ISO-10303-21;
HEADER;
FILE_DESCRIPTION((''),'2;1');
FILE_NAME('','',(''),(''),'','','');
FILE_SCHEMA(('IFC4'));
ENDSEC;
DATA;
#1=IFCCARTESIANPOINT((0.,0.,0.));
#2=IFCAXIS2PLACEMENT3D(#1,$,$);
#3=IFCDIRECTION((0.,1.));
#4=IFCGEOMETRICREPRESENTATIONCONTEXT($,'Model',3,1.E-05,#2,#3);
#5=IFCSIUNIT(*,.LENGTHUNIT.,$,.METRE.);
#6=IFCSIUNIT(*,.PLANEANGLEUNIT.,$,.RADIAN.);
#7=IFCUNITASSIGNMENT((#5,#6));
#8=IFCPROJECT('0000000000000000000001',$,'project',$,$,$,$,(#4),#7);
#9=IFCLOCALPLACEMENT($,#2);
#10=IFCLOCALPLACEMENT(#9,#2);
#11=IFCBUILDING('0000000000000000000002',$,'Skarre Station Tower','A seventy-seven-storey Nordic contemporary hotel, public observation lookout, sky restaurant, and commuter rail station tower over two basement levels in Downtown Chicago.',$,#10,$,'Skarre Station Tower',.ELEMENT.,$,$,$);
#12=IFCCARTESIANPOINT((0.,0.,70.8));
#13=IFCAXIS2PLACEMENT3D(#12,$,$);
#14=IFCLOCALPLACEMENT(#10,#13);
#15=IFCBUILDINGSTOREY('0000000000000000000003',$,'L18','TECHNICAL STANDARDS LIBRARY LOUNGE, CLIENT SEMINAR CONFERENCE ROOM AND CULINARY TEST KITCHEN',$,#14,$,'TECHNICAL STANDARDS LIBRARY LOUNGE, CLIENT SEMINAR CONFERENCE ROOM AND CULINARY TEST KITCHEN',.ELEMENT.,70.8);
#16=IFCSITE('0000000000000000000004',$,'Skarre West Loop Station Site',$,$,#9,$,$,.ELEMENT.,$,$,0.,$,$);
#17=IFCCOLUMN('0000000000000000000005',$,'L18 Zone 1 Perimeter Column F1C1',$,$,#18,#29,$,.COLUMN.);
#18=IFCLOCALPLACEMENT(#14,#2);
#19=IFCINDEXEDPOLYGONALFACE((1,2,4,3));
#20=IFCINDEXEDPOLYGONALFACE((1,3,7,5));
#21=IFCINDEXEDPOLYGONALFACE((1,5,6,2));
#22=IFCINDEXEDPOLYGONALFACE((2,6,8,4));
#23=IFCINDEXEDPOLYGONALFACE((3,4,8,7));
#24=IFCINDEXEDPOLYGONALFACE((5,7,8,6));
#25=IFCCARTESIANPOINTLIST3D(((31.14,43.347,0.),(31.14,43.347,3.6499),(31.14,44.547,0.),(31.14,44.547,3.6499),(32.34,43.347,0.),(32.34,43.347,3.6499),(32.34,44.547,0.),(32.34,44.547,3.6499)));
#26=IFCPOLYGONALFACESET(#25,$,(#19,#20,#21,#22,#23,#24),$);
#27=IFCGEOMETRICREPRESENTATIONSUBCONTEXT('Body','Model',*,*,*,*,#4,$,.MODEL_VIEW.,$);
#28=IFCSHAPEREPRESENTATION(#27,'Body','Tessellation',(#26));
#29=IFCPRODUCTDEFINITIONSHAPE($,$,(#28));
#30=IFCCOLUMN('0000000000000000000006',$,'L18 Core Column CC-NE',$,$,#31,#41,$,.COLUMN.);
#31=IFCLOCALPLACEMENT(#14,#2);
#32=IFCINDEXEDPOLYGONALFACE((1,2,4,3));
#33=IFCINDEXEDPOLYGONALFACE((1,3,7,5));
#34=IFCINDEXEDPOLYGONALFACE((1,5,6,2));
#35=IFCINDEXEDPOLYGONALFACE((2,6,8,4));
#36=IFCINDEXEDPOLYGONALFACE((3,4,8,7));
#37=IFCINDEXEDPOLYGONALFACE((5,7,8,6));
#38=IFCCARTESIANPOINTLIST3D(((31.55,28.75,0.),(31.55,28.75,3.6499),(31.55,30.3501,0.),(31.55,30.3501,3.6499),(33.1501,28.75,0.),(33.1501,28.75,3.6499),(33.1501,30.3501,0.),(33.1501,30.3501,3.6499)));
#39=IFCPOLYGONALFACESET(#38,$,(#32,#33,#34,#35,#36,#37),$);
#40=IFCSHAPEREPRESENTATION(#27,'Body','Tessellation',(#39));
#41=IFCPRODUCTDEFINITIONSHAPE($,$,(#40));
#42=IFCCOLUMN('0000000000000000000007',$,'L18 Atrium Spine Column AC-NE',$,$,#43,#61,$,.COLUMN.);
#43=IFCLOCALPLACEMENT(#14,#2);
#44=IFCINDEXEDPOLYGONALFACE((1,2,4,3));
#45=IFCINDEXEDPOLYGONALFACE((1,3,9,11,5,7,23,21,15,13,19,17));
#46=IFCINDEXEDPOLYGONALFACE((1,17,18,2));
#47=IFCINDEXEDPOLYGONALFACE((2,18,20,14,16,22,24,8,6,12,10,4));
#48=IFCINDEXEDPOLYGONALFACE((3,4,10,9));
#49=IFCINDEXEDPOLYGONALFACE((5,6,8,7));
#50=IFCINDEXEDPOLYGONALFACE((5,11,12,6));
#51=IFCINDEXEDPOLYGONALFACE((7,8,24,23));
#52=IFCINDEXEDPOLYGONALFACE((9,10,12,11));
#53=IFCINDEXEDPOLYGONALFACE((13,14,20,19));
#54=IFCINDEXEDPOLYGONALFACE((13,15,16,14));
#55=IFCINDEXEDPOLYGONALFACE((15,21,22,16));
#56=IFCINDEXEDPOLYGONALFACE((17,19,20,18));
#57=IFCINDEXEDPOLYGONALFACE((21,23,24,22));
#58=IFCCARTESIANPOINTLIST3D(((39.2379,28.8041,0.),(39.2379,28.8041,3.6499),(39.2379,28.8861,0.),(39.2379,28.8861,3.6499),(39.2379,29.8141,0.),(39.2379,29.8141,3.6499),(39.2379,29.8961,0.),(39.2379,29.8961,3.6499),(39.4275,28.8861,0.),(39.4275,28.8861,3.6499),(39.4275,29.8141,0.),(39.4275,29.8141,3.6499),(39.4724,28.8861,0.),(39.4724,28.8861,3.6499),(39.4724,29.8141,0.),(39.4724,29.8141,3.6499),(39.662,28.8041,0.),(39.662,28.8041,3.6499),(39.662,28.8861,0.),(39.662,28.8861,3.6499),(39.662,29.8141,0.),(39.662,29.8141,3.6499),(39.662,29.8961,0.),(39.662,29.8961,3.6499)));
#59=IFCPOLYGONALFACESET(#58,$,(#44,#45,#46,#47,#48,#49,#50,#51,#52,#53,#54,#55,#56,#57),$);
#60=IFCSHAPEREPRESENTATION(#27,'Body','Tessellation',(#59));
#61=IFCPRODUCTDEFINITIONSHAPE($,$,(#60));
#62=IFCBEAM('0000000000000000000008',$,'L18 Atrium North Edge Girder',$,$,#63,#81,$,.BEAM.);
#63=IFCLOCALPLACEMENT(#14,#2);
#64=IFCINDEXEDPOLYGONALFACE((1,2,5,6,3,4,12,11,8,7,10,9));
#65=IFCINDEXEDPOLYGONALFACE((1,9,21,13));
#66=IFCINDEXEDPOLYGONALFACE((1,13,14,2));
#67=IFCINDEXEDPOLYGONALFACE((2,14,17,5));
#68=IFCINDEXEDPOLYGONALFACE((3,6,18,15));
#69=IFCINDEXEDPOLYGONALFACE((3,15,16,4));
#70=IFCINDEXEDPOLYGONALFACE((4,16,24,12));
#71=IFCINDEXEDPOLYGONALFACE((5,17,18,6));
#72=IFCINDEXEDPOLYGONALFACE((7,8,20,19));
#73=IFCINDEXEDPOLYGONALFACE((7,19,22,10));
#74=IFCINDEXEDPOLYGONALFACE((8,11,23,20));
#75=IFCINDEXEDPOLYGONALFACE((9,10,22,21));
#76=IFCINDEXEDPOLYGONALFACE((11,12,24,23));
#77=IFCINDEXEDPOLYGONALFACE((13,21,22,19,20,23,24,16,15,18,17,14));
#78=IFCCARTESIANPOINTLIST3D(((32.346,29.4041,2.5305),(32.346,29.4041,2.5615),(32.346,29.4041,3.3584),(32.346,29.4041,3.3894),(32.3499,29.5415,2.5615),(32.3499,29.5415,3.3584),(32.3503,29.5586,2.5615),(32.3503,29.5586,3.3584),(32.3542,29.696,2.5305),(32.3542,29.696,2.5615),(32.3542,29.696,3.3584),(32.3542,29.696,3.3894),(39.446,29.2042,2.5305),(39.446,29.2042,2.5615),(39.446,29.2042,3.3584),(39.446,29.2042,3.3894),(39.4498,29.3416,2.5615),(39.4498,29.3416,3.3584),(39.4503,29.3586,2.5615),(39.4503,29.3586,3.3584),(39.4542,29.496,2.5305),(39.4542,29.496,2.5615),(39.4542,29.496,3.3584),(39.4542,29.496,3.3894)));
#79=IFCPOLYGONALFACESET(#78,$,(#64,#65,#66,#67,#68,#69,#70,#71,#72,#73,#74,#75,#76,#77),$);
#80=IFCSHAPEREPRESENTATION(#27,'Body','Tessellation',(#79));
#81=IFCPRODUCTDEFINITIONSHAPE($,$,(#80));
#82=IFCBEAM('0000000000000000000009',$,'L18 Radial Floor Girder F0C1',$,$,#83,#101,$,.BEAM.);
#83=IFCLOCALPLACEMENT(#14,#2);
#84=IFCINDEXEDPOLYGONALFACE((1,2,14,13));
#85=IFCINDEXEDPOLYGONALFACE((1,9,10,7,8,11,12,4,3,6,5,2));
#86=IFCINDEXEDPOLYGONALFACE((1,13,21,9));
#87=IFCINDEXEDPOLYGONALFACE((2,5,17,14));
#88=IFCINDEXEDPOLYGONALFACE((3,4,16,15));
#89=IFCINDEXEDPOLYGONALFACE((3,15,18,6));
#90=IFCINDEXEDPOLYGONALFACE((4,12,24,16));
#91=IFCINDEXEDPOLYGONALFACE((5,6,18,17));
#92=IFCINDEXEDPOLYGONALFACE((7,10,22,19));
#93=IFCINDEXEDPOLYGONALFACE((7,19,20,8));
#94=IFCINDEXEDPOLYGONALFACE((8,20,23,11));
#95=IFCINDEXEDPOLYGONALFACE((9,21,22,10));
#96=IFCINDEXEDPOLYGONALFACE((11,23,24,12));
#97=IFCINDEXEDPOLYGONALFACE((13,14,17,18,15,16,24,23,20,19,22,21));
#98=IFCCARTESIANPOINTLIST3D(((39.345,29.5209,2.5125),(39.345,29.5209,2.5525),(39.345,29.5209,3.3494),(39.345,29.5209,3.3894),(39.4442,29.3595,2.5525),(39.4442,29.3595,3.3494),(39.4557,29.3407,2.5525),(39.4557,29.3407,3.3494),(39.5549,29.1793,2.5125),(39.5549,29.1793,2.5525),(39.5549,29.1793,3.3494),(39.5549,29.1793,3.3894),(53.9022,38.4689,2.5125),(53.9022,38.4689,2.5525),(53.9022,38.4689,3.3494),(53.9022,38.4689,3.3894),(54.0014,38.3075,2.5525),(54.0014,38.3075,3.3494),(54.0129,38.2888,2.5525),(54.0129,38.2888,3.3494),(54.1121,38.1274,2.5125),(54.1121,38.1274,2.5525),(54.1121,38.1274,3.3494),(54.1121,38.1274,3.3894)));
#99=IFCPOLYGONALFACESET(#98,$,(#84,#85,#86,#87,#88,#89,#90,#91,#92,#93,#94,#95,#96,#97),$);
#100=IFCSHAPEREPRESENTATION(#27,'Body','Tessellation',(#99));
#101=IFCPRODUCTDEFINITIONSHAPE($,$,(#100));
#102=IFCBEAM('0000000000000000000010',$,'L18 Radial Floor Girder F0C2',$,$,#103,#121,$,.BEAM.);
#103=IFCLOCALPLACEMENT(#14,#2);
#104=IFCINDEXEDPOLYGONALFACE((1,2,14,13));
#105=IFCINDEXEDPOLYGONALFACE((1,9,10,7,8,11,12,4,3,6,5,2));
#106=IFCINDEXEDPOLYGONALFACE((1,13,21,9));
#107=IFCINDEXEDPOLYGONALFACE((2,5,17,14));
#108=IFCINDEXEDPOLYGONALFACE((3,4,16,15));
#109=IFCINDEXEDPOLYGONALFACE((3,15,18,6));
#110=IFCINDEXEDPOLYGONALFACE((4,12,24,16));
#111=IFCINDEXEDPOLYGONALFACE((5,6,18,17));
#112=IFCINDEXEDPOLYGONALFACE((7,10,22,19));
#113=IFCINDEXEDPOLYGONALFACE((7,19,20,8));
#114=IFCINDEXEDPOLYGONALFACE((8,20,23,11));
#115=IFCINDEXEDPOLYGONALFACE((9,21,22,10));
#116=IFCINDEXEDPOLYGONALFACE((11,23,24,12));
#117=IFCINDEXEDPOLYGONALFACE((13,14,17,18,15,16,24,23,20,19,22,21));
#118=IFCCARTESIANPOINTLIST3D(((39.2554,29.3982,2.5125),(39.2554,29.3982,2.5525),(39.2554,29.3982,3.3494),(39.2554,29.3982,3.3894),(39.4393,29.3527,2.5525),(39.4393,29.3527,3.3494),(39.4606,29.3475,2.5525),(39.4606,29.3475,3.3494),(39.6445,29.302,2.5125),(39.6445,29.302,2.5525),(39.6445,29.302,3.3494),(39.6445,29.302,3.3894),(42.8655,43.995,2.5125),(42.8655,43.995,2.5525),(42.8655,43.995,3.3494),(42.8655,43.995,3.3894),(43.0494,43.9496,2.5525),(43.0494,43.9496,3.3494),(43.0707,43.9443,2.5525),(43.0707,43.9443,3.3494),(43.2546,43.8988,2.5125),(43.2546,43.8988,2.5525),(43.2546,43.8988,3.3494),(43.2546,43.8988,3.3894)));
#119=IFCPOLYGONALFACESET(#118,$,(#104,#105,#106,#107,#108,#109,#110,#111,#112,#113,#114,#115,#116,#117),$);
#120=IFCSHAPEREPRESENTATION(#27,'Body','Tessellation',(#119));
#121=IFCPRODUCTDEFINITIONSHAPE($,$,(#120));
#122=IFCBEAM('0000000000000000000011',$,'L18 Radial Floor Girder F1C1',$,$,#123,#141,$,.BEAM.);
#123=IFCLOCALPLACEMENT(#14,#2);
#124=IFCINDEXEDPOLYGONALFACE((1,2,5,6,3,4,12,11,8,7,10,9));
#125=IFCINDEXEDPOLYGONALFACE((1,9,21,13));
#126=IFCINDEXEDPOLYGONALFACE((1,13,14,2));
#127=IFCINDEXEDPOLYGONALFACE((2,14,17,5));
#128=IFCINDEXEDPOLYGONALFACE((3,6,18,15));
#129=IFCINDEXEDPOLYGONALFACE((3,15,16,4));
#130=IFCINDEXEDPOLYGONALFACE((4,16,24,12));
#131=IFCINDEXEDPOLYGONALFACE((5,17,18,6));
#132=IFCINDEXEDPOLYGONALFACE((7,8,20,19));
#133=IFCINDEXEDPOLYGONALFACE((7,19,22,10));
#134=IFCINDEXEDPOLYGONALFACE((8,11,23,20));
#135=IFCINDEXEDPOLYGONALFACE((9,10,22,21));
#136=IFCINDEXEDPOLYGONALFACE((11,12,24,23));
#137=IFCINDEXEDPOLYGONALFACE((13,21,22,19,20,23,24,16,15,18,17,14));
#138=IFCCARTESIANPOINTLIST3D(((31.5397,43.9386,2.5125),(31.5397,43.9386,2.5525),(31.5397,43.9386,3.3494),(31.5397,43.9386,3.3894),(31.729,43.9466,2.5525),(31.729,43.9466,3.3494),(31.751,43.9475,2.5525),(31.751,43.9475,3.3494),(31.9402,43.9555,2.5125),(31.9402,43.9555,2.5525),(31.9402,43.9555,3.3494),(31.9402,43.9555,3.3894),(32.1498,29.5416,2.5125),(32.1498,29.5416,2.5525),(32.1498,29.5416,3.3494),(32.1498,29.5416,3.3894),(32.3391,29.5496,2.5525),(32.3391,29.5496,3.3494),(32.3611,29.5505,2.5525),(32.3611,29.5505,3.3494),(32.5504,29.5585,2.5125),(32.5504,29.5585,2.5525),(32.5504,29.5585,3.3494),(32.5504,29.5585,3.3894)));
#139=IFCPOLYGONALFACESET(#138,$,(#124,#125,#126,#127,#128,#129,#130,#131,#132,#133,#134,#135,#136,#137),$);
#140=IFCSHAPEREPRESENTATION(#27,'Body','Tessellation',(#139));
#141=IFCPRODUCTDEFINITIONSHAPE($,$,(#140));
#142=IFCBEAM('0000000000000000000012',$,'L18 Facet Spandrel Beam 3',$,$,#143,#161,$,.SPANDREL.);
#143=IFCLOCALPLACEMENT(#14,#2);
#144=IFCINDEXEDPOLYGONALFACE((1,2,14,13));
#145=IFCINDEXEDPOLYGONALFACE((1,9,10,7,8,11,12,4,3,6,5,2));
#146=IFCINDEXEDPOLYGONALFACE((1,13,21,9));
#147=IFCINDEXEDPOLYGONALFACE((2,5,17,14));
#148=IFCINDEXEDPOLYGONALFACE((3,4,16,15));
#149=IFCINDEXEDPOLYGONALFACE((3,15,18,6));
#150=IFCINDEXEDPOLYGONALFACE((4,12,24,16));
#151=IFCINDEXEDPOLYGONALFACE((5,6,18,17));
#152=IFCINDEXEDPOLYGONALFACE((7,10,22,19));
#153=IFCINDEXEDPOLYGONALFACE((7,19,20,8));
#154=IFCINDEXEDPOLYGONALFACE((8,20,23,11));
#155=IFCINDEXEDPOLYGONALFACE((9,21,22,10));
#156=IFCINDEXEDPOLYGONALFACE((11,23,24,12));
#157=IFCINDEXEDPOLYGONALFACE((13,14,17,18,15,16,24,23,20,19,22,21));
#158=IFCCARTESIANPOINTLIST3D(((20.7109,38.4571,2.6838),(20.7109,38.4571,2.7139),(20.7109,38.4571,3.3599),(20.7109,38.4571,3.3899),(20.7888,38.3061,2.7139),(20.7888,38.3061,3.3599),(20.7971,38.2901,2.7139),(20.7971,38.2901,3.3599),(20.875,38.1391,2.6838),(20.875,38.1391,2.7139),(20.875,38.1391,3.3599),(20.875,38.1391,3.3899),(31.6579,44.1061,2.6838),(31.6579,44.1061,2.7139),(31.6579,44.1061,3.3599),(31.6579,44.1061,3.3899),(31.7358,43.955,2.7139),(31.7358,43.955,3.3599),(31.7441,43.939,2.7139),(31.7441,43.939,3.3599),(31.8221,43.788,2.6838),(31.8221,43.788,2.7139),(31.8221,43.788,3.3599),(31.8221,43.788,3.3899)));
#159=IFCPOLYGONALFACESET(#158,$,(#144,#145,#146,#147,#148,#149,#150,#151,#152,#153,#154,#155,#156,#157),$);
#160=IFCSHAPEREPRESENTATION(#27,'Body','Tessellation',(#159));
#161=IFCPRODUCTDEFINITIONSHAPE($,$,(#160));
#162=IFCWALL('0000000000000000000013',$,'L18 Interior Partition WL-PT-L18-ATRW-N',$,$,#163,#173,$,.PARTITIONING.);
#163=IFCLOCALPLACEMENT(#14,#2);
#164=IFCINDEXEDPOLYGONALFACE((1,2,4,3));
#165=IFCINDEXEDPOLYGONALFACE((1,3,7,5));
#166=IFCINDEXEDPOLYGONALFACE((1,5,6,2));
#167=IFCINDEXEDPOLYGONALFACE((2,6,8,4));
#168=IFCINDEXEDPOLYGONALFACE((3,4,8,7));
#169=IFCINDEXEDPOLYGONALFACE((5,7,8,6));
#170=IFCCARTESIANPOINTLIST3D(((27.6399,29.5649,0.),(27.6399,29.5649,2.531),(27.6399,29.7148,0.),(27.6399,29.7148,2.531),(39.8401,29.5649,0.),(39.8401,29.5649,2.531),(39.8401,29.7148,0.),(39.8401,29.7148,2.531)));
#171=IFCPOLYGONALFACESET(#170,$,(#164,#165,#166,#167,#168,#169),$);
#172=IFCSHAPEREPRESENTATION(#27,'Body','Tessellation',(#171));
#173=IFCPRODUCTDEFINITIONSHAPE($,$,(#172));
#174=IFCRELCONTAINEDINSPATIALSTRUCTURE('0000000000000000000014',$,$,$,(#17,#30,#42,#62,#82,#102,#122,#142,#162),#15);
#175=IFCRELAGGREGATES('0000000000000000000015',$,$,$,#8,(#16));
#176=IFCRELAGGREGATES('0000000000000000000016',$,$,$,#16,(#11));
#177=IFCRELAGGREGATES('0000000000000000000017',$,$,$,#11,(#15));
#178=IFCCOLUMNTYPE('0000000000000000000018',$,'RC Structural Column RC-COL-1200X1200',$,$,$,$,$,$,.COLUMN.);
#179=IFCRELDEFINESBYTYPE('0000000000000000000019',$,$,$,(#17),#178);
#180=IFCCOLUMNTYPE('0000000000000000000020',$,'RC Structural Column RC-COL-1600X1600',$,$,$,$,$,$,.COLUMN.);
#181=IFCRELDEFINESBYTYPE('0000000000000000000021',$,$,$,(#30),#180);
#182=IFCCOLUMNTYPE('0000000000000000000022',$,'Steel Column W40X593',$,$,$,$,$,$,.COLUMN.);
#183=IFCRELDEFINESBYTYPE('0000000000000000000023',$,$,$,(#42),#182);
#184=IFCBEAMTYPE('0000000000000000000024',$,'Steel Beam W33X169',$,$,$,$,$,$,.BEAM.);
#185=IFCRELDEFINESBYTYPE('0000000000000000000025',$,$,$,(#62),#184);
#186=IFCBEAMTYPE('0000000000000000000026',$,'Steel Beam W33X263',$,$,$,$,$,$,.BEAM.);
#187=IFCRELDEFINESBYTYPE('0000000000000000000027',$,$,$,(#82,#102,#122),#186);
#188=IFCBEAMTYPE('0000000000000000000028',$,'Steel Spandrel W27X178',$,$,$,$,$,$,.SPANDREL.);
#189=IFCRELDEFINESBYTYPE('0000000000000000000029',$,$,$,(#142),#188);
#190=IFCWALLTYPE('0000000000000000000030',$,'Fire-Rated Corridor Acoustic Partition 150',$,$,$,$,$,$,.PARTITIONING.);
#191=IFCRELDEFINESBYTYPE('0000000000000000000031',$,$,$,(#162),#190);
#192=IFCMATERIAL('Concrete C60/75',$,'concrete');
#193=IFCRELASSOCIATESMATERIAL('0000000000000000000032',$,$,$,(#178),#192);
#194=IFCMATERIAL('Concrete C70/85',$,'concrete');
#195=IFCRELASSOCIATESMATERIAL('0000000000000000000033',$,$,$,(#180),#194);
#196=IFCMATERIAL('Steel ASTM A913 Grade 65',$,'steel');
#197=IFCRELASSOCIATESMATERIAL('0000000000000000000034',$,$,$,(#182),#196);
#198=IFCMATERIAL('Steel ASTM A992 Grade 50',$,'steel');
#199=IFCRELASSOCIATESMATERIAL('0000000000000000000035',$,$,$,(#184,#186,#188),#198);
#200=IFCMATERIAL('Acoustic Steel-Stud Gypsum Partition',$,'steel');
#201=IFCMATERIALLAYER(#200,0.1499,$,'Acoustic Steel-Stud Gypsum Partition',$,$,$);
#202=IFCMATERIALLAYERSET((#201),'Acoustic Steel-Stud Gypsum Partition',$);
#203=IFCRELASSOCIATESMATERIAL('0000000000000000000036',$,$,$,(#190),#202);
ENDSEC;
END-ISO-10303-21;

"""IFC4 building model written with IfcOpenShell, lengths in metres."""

from ifc_helpers import new_model, si_unit, direction, frame, frame_2d, origin, origin_2d, place, context, subcontext, project, spatial, rectangle, i_section, extrude, material, layer, layer_set, material_profile, profile_set, type_object, element, save


model = new_model("IFC4")

# Units and contexts
model_context = context("Model", 3, precision=1e-05, world=origin(), true_north=direction((0.0, 1.0)))
body_context = subcontext(model_context, "Body", "Model", "MODEL_VIEW")
ifc_project = project(units=[si_unit("LENGTHUNIT", "METRE"), si_unit("PLANEANGLEUNIT", "RADIAN")], contexts=[model_context])

# Site, building, storey
site_placement = place(None, origin())
site = spatial("IfcSite", under=ifc_project, at=site_placement, Name="Skarre West Loop Station Site", CompositionType="ELEMENT", RefElevation=0.0)
building_placement = place(site_placement, origin())
building = spatial("IfcBuilding", under=site, at=building_placement, Name="Skarre Station Tower", Description="A seventy-seven-storey Nordic contemporary hotel, public observation lookout, sky restaurant, and commuter rail station tower over two basement levels in Downtown Chicago.", LongName="Skarre Station Tower", CompositionType="ELEMENT")
storey_placement = place(building_placement, frame((0.0, 0.0, 70.8)))
storey = spatial("IfcBuildingStorey", under=building, at=storey_placement, Name="L18", Description="TECHNICAL STANDARDS LIBRARY LOUNGE, CLIENT SEMINAR CONFERENCE ROOM AND CULINARY TEST KITCHEN", LongName="TECHNICAL STANDARDS LIBRARY LOUNGE, CLIENT SEMINAR CONFERENCE ROOM AND CULINARY TEST KITCHEN", CompositionType="ELEMENT", Elevation=70.8)

# Columns
ifc_material_1 = material(Name="Concrete C60/75", Category="concrete")
ifc_material_profile_1 = material_profile(ifc_material_1, rectangle(XDim=1.2, YDim=1.2, at=origin_2d()), Name="Concrete C60/75")
ifc_profile_set_1 = profile_set([ifc_material_profile_1], Name="Concrete C60/75")
column_type_1 = type_object("IfcColumnType", Name="RC Structural Column RC-COL-1200X1200", PredefinedType="COLUMN", material=ifc_profile_set_1)
column_1_placement = place(storey_placement, frame((31.74, 43.947, 0.0), z_axis=(0.0, 0.0, 1.0), x_axis=(1.0, 0.0, 0.0)))
element("IfcColumn", 1, at=column_1_placement, inside=storey, type_object=column_type_1, Name="L18 Zone 1 Perimeter Column F1C1", PredefinedType="COLUMN", context=body_context, shape_type="SweptSolid", body=[
    extrude(rectangle(XDim=1.2, YDim=1.2, at=origin_2d()), origin(), (0.0, 0.0, 1.0), 3.6499),
])
ifc_material_2 = material(Name="Concrete C70/85", Category="concrete")
ifc_material_profile_2 = material_profile(ifc_material_2, rectangle(XDim=1.6001, YDim=1.6001, at=origin_2d()), Name="Concrete C70/85")
ifc_profile_set_2 = profile_set([ifc_material_profile_2], Name="Concrete C70/85")
column_type_2 = type_object("IfcColumnType", Name="RC Structural Column RC-COL-1600X1600", PredefinedType="COLUMN", material=ifc_profile_set_2)
column_2_placement = place(storey_placement, frame((32.3501, 29.55, 0.0), z_axis=(0.0, 0.0, 1.0), x_axis=(1.0, 0.0, 0.0)))
element("IfcColumn", 2, at=column_2_placement, inside=storey, type_object=column_type_2, Name="L18 Core Column CC-NE", PredefinedType="COLUMN", context=body_context, shape_type="SweptSolid", body=[
    extrude(rectangle(XDim=1.6001, YDim=1.6001, at=origin_2d()), origin(), (0.0, 0.0, 1.0), 3.6499),
])
ifc_material_3 = material(Name="Steel ASTM A913 Grade 65", Category="steel")
ifc_material_profile_3 = material_profile(ifc_material_3, i_section(OverallWidth=0.4241, OverallDepth=1.092, WebThickness=0.0449, FlangeThickness=0.082, at=origin_2d()), Name="Steel ASTM A913 Grade 65")
ifc_profile_set_3 = profile_set([ifc_material_profile_3], Name="Steel ASTM A913 Grade 65")
column_type_3 = type_object("IfcColumnType", Name="Steel Column W40X593", PredefinedType="COLUMN", material=ifc_profile_set_3)
column_3_placement = place(storey_placement, frame((39.45, 29.3501, 0.0), z_axis=(0.0, 0.0, 1.0), x_axis=(1.0, 0.0, 0.0)))
element("IfcColumn", 3, at=column_3_placement, inside=storey, type_object=column_type_3, Name="L18 Atrium Spine Column AC-NE", PredefinedType="COLUMN", context=body_context, shape_type="SweptSolid", body=[
    extrude(i_section(OverallWidth=0.4241, OverallDepth=1.092, WebThickness=0.0449, FlangeThickness=0.082, at=origin_2d()), origin(), (0.0, 0.0, 1.0), 3.6499),
])

# Beams
ifc_material_4 = material(Name="Steel ASTM A992 Grade 50", Category="steel")
ifc_material_profile_4 = material_profile(ifc_material_4, i_section(OverallWidth=0.292, OverallDepth=0.8589, WebThickness=0.0171, FlangeThickness=0.031, at=origin_2d()), Name="Steel ASTM A992 Grade 50")
ifc_profile_set_4 = profile_set([ifc_material_profile_4], Name="Steel ASTM A992 Grade 50")
beam_type_1 = type_object("IfcBeamType", Name="Steel Beam W33X169", PredefinedType="BEAM", material=ifc_profile_set_4)
beam_1_placement = place(storey_placement, frame((32.3501, 29.55, 2.96), z_axis=(0.999604, -0.028152, 0.0), x_axis=(0.028152, 0.999604, 0.0)))
element("IfcBeam", 4, at=beam_1_placement, inside=storey, type_object=beam_type_1, Name="L18 Atrium North Edge Girder", PredefinedType="BEAM", context=body_context, shape_type="SweptSolid", body=[
    extrude(i_section(OverallWidth=0.292, OverallDepth=0.8589, WebThickness=0.0171, FlangeThickness=0.031, at=origin_2d()), origin(), (0.0, 0.0, 1.0), 7.1028),
])
ifc_material_profile_5 = material_profile(ifc_material_4, i_section(OverallWidth=0.4009, OverallDepth=0.877, WebThickness=0.022, FlangeThickness=0.04, at=origin_2d()), Name="Steel ASTM A992 Grade 50")
ifc_profile_set_5 = profile_set([ifc_material_profile_5], Name="Steel ASTM A992 Grade 50")
beam_type_2 = type_object("IfcBeamType", Name="Steel Beam W33X263", PredefinedType="BEAM", material=ifc_profile_set_5)
beam_2_placement = place(storey_placement, frame((39.45, 29.3501, 2.9509), z_axis=(0.851926, 0.523663, 0.0), x_axis=(-0.523663, 0.851926, 0.0)))
element("IfcBeam", 5, at=beam_2_placement, inside=storey, type_object=beam_type_2, Name="L18 Radial Floor Girder F0C1", PredefinedType="BEAM", context=body_context, shape_type="SweptSolid", body=[
    extrude(i_section(OverallWidth=0.4009, OverallDepth=0.877, WebThickness=0.022, FlangeThickness=0.04, at=origin_2d()), origin(), (0.0, 0.0, 1.0), 17.0874),
])
beam_3_placement = place(storey_placement, frame((39.45, 29.3501, 2.9509), z_axis=(0.240086, 0.970752, 0.0), x_axis=(-0.970752, 0.240086, 0.0)))
element("IfcBeam", 6, at=beam_3_placement, inside=storey, type_object=beam_type_2, Name="L18 Radial Floor Girder F0C2", PredefinedType="BEAM", context=body_context, shape_type="SweptSolid", body=[
    extrude(i_section(OverallWidth=0.4009, OverallDepth=0.877, WebThickness=0.022, FlangeThickness=0.04, at=origin_2d()), origin(), (0.0, 0.0, 1.0), 15.0366),
])
beam_4_placement = place(storey_placement, frame((32.3501, 29.55, 2.9509), z_axis=(-0.042339, 0.999103, 0.0), x_axis=(-0.999103, -0.042339, 0.0)))
element("IfcBeam", 7, at=beam_4_placement, inside=storey, type_object=beam_type_2, Name="L18 Radial Floor Girder F1C1", PredefinedType="BEAM", context=body_context, shape_type="SweptSolid", body=[
    extrude(i_section(OverallWidth=0.4009, OverallDepth=0.877, WebThickness=0.022, FlangeThickness=0.04, at=origin_2d()), origin(), (0.0, 0.0, 1.0), 14.4099),
])
ifc_material_profile_6 = material_profile(ifc_material_4, i_section(OverallWidth=0.3579, OverallDepth=0.7061, WebThickness=0.0181, FlangeThickness=0.03, at=origin_2d()), Name="Steel ASTM A992 Grade 50")
ifc_profile_set_6 = profile_set([ifc_material_profile_6], Name="Steel ASTM A992 Grade 50")
beam_type_3 = type_object("IfcBeamType", Name="Steel Spandrel W27X178", PredefinedType="SPANDREL", material=ifc_profile_set_6)
beam_5_placement = place(storey_placement, frame((31.74, 43.947, 3.0369), z_axis=(-0.888659, -0.458569, 0.0), x_axis=(0.458569, -0.888659, 0.0)))
element("IfcBeam", 8, at=beam_5_placement, inside=storey, type_object=beam_type_3, Name="L18 Facet Spandrel Beam 3", PredefinedType="SPANDREL", context=body_context, shape_type="SweptSolid", body=[
    extrude(i_section(OverallWidth=0.3579, OverallDepth=0.7061, WebThickness=0.0181, FlangeThickness=0.03, at=origin_2d()), origin(), (0.0, 0.0, 1.0), 12.3186),
])

# Wall
ifc_material_5 = material(Name="Acoustic Steel-Stud Gypsum Partition", Category="steel")
ifc_layer_1 = layer(ifc_material_5, 0.1499, Name="Acoustic Steel-Stud Gypsum Partition")
ifc_layer_set_1 = layer_set([ifc_layer_1], Name="Acoustic Steel-Stud Gypsum Partition")
wall_type_1 = type_object("IfcWallType", Name="Fire-Rated Corridor Acoustic Partition 150", PredefinedType="PARTITIONING", material=ifc_layer_set_1)
wall_1_placement = place(storey_placement, frame((39.8401, 29.6399, 0.0), z_axis=(0.0, 0.0, 1.0), x_axis=(-1.0, 0.0, 0.0)))
element("IfcWall", 9, at=wall_1_placement, inside=storey, type_object=wall_type_1, Name="L18 Interior Partition WL-PT-L18-ATRW-N", PredefinedType="PARTITIONING", context=body_context, shape_type="SweptSolid", body=[
    extrude(rectangle(XDim=12.2002, YDim=0.1499, at=frame_2d((6.1001, 0.0))), origin(), (0.0, 0.0, 1.0), 2.531),
])

save(model, "model.ifc")
